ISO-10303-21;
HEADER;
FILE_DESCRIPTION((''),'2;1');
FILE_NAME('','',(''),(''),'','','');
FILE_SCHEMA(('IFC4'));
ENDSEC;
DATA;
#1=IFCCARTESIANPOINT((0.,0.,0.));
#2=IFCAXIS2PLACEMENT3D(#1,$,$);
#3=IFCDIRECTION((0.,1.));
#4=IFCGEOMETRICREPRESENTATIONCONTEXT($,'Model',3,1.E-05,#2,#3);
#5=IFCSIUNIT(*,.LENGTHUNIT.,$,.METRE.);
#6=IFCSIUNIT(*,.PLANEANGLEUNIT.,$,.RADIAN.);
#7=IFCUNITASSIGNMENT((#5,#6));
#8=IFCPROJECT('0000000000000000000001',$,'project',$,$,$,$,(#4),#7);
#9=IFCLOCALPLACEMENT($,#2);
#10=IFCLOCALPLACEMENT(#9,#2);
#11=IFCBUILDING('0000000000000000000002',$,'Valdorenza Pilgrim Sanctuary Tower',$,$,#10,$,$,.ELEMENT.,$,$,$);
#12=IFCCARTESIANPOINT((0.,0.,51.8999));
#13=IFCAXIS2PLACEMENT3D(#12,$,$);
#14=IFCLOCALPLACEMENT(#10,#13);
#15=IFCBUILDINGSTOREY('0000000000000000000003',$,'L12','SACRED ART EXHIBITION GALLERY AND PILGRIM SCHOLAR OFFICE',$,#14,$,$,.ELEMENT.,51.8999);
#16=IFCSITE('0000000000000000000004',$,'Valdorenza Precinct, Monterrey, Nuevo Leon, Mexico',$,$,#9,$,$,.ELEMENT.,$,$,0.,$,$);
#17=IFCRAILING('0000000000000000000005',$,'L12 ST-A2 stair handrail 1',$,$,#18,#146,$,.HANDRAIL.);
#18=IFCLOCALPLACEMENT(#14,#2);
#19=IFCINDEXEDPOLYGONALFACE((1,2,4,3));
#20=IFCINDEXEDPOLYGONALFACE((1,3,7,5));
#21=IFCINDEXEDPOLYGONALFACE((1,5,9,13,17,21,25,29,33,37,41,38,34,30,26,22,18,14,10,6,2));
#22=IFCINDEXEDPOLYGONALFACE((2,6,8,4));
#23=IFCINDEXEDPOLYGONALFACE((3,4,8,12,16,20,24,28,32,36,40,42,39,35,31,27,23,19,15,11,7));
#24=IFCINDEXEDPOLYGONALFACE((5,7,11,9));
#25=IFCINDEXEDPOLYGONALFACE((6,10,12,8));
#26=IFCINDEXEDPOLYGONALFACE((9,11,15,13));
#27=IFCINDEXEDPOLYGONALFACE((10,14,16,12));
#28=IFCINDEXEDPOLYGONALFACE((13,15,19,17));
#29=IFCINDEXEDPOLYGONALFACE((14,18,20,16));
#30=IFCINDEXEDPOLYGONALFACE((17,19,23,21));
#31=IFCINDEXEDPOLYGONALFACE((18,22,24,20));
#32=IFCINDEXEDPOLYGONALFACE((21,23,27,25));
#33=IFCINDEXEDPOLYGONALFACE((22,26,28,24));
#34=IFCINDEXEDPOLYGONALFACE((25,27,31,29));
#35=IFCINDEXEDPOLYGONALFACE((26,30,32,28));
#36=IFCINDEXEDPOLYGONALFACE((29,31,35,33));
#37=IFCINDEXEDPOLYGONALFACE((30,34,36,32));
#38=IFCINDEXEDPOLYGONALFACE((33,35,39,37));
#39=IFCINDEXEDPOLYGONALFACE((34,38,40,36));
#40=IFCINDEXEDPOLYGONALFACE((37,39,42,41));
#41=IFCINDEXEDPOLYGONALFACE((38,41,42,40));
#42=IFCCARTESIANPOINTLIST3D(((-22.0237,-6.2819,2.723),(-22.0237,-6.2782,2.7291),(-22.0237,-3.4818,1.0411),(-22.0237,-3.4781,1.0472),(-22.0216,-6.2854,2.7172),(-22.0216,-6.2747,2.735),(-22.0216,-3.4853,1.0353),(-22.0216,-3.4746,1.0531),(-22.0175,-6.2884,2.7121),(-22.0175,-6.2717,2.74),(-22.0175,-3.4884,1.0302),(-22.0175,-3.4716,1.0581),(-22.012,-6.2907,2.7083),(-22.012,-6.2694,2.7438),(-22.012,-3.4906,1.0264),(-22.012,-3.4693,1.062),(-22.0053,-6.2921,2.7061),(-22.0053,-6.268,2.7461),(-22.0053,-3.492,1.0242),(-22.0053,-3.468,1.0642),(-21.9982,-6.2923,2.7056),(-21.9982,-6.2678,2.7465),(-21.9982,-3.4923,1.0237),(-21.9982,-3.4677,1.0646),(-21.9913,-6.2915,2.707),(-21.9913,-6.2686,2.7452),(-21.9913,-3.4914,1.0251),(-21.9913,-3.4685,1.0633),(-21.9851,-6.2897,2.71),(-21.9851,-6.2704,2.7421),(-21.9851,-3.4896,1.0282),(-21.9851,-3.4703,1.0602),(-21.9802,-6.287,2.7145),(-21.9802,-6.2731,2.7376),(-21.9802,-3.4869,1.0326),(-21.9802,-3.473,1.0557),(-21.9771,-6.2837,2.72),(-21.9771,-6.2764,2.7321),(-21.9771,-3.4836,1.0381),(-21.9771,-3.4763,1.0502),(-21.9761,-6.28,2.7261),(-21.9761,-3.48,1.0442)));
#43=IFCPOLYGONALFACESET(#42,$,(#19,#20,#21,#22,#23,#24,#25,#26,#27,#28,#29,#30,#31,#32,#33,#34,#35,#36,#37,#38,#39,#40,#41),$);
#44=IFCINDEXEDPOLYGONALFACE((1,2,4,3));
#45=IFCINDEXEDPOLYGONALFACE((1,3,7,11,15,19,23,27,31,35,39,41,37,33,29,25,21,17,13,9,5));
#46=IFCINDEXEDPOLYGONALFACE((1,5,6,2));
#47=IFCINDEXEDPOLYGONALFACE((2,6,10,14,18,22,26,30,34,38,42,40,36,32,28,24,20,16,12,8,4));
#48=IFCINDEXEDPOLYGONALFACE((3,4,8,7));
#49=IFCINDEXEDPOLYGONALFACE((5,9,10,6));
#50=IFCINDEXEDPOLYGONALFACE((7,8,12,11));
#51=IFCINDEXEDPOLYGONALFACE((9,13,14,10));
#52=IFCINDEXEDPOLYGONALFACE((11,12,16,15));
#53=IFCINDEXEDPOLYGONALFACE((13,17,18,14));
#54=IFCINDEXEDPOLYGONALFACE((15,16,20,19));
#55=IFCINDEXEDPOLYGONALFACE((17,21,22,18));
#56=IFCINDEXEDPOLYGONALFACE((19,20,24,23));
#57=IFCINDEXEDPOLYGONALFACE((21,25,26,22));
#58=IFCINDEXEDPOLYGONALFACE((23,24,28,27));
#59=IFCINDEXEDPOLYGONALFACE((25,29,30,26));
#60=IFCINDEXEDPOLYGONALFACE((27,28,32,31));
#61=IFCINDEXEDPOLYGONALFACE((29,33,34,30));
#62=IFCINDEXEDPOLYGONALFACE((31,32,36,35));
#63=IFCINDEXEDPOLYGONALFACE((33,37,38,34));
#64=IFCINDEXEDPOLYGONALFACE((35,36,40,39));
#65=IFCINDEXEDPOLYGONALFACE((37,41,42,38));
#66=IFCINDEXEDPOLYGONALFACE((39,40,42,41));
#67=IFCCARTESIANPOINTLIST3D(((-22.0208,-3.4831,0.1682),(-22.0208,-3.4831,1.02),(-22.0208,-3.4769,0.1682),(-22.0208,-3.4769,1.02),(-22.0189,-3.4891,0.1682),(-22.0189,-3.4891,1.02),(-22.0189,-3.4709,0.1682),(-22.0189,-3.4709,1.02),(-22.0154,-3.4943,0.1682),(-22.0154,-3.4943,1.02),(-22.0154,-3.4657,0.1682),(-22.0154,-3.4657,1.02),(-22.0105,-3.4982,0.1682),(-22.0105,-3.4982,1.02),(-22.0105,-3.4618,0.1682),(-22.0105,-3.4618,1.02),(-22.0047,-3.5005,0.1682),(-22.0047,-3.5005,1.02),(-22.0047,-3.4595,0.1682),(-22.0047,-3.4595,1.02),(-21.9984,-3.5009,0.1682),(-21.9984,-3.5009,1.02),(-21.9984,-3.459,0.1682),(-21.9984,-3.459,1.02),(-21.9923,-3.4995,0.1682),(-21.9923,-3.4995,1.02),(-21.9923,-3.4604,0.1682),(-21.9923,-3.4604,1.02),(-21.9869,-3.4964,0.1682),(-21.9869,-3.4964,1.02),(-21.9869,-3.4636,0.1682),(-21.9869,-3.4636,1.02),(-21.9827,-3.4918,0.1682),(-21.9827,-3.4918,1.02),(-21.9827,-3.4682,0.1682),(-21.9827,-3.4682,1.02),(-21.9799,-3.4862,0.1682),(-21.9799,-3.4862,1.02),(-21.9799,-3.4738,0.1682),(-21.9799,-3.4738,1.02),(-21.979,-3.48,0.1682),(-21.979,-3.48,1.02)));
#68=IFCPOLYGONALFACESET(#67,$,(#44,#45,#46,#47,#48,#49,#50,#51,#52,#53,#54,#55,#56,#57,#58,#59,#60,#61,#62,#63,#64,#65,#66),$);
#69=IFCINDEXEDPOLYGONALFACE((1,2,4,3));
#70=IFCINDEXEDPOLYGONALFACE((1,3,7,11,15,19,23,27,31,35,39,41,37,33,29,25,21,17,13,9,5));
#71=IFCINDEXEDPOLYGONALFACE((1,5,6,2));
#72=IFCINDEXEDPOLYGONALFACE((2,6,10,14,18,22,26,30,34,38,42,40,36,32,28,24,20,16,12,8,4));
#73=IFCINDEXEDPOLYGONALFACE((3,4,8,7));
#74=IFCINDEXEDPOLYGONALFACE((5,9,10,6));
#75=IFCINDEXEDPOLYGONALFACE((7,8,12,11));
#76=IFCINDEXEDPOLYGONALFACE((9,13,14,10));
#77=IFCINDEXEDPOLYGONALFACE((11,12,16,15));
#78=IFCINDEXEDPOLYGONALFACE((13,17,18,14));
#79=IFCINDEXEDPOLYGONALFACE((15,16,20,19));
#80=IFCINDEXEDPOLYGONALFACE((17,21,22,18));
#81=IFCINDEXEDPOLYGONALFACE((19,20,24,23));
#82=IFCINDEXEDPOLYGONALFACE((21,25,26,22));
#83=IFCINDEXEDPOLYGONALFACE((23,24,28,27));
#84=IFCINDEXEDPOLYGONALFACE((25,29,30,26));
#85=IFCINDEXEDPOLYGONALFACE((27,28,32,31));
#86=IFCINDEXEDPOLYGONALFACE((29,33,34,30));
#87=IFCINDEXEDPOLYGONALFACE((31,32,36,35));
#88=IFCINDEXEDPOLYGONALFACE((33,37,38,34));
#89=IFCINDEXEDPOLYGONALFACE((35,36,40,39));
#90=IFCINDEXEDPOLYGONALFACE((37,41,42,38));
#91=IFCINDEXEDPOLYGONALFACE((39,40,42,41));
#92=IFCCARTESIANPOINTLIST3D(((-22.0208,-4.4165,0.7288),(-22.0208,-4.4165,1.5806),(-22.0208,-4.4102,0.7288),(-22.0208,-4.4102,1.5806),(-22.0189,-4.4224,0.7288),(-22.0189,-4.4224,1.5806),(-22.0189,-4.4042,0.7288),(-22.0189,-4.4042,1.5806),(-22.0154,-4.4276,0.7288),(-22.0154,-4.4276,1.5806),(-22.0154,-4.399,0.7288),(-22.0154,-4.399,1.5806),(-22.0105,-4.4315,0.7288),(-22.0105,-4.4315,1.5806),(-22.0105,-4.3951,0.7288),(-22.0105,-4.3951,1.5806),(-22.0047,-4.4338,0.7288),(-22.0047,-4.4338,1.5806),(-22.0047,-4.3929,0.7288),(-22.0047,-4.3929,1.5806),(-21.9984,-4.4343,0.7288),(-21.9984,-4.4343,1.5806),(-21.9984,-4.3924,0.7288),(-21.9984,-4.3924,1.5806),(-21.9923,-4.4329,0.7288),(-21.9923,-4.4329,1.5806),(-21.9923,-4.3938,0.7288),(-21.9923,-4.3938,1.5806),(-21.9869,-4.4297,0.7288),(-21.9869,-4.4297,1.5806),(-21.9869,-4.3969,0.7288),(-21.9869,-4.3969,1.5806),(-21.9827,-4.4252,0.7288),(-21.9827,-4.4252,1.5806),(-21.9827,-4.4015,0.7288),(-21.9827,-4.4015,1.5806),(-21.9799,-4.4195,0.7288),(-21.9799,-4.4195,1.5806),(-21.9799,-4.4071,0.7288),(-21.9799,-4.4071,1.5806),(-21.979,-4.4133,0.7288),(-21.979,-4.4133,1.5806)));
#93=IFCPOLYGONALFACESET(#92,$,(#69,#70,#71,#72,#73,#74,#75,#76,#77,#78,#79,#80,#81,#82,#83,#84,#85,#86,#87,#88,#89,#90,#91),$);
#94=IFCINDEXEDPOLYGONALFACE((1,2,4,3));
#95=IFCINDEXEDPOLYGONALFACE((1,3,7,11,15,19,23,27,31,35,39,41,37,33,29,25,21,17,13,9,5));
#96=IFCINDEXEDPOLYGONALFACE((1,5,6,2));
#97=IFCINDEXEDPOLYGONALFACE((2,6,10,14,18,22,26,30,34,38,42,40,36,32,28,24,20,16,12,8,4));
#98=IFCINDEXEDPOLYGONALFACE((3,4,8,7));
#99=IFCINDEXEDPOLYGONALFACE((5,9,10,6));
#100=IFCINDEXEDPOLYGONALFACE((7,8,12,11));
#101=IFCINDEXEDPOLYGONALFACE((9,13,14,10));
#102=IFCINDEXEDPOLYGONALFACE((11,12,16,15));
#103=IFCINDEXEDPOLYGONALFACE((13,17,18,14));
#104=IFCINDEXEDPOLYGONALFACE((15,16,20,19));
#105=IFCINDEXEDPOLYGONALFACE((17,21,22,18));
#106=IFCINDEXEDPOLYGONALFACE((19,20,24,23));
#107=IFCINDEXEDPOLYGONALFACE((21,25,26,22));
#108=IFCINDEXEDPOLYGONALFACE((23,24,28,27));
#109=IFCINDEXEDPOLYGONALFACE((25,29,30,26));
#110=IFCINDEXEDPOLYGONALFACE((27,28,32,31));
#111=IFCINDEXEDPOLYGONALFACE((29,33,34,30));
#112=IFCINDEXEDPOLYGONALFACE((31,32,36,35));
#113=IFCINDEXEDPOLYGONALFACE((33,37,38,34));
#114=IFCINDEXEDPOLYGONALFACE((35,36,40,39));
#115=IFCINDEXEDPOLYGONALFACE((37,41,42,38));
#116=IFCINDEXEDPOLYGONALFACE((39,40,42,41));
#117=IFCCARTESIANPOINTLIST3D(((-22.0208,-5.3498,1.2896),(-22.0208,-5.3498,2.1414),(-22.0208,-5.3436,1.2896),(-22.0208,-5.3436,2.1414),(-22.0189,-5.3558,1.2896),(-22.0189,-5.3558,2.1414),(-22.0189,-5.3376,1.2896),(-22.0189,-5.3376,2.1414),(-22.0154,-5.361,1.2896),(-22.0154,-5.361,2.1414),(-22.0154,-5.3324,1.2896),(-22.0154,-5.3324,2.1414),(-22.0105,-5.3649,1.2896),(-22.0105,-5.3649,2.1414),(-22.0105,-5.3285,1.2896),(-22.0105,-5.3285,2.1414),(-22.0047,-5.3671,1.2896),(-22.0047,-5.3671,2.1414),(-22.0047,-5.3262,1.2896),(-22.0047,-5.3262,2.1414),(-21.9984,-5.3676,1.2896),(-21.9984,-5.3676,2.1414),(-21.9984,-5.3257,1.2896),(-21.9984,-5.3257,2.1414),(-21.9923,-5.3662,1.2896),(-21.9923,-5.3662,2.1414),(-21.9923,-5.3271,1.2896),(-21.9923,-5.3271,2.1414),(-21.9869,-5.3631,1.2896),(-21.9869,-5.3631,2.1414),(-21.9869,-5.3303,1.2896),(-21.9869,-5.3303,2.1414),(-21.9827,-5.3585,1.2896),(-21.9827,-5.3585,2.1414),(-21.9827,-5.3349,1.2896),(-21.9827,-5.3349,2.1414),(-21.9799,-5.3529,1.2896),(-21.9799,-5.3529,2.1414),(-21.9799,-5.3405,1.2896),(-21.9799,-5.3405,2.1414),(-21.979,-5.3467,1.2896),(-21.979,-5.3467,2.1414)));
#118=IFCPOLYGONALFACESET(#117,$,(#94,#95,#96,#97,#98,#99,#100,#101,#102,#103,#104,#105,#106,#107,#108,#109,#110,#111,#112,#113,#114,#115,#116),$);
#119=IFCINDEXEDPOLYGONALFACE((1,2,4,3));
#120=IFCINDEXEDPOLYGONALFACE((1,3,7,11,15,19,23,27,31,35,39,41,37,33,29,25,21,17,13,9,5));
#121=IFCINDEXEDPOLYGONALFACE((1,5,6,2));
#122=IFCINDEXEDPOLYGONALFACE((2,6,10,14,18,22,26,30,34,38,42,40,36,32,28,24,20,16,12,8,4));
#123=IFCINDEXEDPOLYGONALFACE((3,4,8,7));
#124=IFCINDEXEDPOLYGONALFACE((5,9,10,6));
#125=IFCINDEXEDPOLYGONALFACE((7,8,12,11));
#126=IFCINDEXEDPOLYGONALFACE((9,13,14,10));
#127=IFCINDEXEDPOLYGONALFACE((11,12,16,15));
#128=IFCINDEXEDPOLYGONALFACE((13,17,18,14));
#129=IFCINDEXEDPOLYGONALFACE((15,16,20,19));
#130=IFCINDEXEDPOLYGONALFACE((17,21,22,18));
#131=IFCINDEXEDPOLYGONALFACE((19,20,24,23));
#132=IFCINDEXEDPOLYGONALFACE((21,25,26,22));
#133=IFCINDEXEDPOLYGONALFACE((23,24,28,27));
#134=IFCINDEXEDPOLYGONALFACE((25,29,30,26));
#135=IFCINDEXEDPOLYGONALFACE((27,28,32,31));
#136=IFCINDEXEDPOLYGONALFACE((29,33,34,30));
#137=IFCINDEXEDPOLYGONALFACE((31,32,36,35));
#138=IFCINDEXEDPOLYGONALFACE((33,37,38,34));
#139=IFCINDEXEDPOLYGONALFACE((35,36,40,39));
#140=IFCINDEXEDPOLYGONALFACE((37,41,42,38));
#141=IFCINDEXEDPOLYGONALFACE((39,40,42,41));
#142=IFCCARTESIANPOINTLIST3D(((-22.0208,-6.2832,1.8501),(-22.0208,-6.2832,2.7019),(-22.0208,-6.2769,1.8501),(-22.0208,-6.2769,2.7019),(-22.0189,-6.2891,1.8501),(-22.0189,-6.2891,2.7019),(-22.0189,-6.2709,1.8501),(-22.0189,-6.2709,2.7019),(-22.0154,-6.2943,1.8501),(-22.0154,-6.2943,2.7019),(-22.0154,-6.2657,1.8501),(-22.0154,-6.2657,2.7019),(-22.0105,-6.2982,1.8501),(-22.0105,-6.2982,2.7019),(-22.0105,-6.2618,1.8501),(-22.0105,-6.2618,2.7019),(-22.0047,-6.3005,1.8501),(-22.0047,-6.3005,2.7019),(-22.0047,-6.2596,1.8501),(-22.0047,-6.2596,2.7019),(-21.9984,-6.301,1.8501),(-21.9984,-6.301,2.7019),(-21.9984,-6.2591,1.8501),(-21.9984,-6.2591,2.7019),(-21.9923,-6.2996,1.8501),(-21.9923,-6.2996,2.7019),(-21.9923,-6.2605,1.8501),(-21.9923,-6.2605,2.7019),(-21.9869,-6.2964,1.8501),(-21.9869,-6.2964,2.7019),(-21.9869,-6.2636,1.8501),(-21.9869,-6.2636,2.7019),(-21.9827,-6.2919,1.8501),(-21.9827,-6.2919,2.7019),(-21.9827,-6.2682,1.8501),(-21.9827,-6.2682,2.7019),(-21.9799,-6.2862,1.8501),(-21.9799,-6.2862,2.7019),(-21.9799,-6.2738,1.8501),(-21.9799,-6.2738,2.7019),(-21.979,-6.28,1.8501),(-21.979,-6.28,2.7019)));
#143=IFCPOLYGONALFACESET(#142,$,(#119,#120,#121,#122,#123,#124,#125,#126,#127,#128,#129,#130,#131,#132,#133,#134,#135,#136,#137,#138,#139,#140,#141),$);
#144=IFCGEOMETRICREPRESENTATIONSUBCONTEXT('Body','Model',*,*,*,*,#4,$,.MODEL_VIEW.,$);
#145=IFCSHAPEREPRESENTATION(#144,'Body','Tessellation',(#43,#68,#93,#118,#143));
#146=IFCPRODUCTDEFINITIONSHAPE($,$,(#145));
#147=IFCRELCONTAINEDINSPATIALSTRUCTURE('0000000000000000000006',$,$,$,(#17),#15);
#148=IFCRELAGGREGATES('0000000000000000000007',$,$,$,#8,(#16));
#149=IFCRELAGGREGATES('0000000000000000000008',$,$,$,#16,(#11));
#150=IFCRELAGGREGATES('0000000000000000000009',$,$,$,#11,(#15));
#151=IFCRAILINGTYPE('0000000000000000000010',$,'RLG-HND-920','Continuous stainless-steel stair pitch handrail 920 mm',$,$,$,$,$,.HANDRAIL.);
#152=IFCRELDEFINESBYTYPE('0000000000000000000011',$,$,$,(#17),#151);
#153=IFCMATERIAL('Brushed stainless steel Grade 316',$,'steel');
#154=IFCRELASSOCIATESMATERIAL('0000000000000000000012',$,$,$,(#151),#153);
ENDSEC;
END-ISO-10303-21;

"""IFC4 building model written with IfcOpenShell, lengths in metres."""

from ifc_helpers import new_model, si_unit, direction, frame, origin, origin_2d, place, context, subcontext, project, spatial, circle, extrude, material, type_object, element, save


model = new_model("IFC4")

# Units and contexts
model_context = context("Model", 3, precision=1e-05, world=origin(), true_north=direction((0.0, 1.0)))
body_context = subcontext(model_context, "Body", "Model", "MODEL_VIEW")
ifc_project = project(units=[si_unit("LENGTHUNIT", "METRE"), si_unit("PLANEANGLEUNIT", "RADIAN")], contexts=[model_context])

# Site, building, storey
site_placement = place(None, origin())
site = spatial("IfcSite", under=ifc_project, at=site_placement, Name="Valdorenza Precinct, Monterrey, Nuevo Leon, Mexico", CompositionType="ELEMENT", RefElevation=0.0)
building_placement = place(site_placement, origin())
building = spatial("IfcBuilding", under=site, at=building_placement, Name="Valdorenza Pilgrim Sanctuary Tower", CompositionType="ELEMENT")
storey_placement = place(building_placement, frame((0.0, 0.0, 51.8999)))
storey = spatial("IfcBuildingStorey", under=building, at=storey_placement, Name="L12", Description="SACRED ART EXHIBITION GALLERY AND PILGRIM SCHOLAR OFFICE", CompositionType="ELEMENT", Elevation=51.8999)

# Railing
ifc_material_1 = material(Name="Brushed stainless steel Grade 316", Category="steel")
railing_type_1 = type_object("IfcRailingType", Name="RLG-HND-920", Description="Continuous stainless-steel stair pitch handrail 920 mm", PredefinedType="HANDRAIL", material=ifc_material_1)
railing_1_placement = place(storey_placement, frame((-22.0, -3.48, 0.1682)))
element("IfcRailing", 1, at=railing_1_placement, inside=storey, type_object=railing_type_1, Name="L12 ST-A2 stair handrail 1", PredefinedType="HANDRAIL", context=body_context, shape_type="SweptSolid", body=[
    extrude(circle(Radius=0.0239, at=origin_2d()), frame((0.0, 0.0, 0.876), z_axis=(0.0, -0.857242, 0.514913), x_axis=(1.0, 0.0, 0.0)), (0.0, 0.0, 1.0), 3.2664),
    extrude(circle(Radius=0.021, at=origin_2d()), origin(), (0.0, 0.0, 1.0), 0.8518),
    extrude(circle(Radius=0.021, at=origin_2d()), frame((0.0, -0.9333, 0.5605)), (0.0, 0.0, 1.0), 0.8518),
    extrude(circle(Radius=0.021, at=origin_2d()), frame((0.0, -1.8667, 1.1213)), (0.0, 0.0, 1.0), 0.8518),
    extrude(circle(Radius=0.021, at=origin_2d()), frame((0.0, -2.8, 1.6819)), (0.0, 0.0, 1.0), 0.8518),
])

save(model, "model.ifc")
